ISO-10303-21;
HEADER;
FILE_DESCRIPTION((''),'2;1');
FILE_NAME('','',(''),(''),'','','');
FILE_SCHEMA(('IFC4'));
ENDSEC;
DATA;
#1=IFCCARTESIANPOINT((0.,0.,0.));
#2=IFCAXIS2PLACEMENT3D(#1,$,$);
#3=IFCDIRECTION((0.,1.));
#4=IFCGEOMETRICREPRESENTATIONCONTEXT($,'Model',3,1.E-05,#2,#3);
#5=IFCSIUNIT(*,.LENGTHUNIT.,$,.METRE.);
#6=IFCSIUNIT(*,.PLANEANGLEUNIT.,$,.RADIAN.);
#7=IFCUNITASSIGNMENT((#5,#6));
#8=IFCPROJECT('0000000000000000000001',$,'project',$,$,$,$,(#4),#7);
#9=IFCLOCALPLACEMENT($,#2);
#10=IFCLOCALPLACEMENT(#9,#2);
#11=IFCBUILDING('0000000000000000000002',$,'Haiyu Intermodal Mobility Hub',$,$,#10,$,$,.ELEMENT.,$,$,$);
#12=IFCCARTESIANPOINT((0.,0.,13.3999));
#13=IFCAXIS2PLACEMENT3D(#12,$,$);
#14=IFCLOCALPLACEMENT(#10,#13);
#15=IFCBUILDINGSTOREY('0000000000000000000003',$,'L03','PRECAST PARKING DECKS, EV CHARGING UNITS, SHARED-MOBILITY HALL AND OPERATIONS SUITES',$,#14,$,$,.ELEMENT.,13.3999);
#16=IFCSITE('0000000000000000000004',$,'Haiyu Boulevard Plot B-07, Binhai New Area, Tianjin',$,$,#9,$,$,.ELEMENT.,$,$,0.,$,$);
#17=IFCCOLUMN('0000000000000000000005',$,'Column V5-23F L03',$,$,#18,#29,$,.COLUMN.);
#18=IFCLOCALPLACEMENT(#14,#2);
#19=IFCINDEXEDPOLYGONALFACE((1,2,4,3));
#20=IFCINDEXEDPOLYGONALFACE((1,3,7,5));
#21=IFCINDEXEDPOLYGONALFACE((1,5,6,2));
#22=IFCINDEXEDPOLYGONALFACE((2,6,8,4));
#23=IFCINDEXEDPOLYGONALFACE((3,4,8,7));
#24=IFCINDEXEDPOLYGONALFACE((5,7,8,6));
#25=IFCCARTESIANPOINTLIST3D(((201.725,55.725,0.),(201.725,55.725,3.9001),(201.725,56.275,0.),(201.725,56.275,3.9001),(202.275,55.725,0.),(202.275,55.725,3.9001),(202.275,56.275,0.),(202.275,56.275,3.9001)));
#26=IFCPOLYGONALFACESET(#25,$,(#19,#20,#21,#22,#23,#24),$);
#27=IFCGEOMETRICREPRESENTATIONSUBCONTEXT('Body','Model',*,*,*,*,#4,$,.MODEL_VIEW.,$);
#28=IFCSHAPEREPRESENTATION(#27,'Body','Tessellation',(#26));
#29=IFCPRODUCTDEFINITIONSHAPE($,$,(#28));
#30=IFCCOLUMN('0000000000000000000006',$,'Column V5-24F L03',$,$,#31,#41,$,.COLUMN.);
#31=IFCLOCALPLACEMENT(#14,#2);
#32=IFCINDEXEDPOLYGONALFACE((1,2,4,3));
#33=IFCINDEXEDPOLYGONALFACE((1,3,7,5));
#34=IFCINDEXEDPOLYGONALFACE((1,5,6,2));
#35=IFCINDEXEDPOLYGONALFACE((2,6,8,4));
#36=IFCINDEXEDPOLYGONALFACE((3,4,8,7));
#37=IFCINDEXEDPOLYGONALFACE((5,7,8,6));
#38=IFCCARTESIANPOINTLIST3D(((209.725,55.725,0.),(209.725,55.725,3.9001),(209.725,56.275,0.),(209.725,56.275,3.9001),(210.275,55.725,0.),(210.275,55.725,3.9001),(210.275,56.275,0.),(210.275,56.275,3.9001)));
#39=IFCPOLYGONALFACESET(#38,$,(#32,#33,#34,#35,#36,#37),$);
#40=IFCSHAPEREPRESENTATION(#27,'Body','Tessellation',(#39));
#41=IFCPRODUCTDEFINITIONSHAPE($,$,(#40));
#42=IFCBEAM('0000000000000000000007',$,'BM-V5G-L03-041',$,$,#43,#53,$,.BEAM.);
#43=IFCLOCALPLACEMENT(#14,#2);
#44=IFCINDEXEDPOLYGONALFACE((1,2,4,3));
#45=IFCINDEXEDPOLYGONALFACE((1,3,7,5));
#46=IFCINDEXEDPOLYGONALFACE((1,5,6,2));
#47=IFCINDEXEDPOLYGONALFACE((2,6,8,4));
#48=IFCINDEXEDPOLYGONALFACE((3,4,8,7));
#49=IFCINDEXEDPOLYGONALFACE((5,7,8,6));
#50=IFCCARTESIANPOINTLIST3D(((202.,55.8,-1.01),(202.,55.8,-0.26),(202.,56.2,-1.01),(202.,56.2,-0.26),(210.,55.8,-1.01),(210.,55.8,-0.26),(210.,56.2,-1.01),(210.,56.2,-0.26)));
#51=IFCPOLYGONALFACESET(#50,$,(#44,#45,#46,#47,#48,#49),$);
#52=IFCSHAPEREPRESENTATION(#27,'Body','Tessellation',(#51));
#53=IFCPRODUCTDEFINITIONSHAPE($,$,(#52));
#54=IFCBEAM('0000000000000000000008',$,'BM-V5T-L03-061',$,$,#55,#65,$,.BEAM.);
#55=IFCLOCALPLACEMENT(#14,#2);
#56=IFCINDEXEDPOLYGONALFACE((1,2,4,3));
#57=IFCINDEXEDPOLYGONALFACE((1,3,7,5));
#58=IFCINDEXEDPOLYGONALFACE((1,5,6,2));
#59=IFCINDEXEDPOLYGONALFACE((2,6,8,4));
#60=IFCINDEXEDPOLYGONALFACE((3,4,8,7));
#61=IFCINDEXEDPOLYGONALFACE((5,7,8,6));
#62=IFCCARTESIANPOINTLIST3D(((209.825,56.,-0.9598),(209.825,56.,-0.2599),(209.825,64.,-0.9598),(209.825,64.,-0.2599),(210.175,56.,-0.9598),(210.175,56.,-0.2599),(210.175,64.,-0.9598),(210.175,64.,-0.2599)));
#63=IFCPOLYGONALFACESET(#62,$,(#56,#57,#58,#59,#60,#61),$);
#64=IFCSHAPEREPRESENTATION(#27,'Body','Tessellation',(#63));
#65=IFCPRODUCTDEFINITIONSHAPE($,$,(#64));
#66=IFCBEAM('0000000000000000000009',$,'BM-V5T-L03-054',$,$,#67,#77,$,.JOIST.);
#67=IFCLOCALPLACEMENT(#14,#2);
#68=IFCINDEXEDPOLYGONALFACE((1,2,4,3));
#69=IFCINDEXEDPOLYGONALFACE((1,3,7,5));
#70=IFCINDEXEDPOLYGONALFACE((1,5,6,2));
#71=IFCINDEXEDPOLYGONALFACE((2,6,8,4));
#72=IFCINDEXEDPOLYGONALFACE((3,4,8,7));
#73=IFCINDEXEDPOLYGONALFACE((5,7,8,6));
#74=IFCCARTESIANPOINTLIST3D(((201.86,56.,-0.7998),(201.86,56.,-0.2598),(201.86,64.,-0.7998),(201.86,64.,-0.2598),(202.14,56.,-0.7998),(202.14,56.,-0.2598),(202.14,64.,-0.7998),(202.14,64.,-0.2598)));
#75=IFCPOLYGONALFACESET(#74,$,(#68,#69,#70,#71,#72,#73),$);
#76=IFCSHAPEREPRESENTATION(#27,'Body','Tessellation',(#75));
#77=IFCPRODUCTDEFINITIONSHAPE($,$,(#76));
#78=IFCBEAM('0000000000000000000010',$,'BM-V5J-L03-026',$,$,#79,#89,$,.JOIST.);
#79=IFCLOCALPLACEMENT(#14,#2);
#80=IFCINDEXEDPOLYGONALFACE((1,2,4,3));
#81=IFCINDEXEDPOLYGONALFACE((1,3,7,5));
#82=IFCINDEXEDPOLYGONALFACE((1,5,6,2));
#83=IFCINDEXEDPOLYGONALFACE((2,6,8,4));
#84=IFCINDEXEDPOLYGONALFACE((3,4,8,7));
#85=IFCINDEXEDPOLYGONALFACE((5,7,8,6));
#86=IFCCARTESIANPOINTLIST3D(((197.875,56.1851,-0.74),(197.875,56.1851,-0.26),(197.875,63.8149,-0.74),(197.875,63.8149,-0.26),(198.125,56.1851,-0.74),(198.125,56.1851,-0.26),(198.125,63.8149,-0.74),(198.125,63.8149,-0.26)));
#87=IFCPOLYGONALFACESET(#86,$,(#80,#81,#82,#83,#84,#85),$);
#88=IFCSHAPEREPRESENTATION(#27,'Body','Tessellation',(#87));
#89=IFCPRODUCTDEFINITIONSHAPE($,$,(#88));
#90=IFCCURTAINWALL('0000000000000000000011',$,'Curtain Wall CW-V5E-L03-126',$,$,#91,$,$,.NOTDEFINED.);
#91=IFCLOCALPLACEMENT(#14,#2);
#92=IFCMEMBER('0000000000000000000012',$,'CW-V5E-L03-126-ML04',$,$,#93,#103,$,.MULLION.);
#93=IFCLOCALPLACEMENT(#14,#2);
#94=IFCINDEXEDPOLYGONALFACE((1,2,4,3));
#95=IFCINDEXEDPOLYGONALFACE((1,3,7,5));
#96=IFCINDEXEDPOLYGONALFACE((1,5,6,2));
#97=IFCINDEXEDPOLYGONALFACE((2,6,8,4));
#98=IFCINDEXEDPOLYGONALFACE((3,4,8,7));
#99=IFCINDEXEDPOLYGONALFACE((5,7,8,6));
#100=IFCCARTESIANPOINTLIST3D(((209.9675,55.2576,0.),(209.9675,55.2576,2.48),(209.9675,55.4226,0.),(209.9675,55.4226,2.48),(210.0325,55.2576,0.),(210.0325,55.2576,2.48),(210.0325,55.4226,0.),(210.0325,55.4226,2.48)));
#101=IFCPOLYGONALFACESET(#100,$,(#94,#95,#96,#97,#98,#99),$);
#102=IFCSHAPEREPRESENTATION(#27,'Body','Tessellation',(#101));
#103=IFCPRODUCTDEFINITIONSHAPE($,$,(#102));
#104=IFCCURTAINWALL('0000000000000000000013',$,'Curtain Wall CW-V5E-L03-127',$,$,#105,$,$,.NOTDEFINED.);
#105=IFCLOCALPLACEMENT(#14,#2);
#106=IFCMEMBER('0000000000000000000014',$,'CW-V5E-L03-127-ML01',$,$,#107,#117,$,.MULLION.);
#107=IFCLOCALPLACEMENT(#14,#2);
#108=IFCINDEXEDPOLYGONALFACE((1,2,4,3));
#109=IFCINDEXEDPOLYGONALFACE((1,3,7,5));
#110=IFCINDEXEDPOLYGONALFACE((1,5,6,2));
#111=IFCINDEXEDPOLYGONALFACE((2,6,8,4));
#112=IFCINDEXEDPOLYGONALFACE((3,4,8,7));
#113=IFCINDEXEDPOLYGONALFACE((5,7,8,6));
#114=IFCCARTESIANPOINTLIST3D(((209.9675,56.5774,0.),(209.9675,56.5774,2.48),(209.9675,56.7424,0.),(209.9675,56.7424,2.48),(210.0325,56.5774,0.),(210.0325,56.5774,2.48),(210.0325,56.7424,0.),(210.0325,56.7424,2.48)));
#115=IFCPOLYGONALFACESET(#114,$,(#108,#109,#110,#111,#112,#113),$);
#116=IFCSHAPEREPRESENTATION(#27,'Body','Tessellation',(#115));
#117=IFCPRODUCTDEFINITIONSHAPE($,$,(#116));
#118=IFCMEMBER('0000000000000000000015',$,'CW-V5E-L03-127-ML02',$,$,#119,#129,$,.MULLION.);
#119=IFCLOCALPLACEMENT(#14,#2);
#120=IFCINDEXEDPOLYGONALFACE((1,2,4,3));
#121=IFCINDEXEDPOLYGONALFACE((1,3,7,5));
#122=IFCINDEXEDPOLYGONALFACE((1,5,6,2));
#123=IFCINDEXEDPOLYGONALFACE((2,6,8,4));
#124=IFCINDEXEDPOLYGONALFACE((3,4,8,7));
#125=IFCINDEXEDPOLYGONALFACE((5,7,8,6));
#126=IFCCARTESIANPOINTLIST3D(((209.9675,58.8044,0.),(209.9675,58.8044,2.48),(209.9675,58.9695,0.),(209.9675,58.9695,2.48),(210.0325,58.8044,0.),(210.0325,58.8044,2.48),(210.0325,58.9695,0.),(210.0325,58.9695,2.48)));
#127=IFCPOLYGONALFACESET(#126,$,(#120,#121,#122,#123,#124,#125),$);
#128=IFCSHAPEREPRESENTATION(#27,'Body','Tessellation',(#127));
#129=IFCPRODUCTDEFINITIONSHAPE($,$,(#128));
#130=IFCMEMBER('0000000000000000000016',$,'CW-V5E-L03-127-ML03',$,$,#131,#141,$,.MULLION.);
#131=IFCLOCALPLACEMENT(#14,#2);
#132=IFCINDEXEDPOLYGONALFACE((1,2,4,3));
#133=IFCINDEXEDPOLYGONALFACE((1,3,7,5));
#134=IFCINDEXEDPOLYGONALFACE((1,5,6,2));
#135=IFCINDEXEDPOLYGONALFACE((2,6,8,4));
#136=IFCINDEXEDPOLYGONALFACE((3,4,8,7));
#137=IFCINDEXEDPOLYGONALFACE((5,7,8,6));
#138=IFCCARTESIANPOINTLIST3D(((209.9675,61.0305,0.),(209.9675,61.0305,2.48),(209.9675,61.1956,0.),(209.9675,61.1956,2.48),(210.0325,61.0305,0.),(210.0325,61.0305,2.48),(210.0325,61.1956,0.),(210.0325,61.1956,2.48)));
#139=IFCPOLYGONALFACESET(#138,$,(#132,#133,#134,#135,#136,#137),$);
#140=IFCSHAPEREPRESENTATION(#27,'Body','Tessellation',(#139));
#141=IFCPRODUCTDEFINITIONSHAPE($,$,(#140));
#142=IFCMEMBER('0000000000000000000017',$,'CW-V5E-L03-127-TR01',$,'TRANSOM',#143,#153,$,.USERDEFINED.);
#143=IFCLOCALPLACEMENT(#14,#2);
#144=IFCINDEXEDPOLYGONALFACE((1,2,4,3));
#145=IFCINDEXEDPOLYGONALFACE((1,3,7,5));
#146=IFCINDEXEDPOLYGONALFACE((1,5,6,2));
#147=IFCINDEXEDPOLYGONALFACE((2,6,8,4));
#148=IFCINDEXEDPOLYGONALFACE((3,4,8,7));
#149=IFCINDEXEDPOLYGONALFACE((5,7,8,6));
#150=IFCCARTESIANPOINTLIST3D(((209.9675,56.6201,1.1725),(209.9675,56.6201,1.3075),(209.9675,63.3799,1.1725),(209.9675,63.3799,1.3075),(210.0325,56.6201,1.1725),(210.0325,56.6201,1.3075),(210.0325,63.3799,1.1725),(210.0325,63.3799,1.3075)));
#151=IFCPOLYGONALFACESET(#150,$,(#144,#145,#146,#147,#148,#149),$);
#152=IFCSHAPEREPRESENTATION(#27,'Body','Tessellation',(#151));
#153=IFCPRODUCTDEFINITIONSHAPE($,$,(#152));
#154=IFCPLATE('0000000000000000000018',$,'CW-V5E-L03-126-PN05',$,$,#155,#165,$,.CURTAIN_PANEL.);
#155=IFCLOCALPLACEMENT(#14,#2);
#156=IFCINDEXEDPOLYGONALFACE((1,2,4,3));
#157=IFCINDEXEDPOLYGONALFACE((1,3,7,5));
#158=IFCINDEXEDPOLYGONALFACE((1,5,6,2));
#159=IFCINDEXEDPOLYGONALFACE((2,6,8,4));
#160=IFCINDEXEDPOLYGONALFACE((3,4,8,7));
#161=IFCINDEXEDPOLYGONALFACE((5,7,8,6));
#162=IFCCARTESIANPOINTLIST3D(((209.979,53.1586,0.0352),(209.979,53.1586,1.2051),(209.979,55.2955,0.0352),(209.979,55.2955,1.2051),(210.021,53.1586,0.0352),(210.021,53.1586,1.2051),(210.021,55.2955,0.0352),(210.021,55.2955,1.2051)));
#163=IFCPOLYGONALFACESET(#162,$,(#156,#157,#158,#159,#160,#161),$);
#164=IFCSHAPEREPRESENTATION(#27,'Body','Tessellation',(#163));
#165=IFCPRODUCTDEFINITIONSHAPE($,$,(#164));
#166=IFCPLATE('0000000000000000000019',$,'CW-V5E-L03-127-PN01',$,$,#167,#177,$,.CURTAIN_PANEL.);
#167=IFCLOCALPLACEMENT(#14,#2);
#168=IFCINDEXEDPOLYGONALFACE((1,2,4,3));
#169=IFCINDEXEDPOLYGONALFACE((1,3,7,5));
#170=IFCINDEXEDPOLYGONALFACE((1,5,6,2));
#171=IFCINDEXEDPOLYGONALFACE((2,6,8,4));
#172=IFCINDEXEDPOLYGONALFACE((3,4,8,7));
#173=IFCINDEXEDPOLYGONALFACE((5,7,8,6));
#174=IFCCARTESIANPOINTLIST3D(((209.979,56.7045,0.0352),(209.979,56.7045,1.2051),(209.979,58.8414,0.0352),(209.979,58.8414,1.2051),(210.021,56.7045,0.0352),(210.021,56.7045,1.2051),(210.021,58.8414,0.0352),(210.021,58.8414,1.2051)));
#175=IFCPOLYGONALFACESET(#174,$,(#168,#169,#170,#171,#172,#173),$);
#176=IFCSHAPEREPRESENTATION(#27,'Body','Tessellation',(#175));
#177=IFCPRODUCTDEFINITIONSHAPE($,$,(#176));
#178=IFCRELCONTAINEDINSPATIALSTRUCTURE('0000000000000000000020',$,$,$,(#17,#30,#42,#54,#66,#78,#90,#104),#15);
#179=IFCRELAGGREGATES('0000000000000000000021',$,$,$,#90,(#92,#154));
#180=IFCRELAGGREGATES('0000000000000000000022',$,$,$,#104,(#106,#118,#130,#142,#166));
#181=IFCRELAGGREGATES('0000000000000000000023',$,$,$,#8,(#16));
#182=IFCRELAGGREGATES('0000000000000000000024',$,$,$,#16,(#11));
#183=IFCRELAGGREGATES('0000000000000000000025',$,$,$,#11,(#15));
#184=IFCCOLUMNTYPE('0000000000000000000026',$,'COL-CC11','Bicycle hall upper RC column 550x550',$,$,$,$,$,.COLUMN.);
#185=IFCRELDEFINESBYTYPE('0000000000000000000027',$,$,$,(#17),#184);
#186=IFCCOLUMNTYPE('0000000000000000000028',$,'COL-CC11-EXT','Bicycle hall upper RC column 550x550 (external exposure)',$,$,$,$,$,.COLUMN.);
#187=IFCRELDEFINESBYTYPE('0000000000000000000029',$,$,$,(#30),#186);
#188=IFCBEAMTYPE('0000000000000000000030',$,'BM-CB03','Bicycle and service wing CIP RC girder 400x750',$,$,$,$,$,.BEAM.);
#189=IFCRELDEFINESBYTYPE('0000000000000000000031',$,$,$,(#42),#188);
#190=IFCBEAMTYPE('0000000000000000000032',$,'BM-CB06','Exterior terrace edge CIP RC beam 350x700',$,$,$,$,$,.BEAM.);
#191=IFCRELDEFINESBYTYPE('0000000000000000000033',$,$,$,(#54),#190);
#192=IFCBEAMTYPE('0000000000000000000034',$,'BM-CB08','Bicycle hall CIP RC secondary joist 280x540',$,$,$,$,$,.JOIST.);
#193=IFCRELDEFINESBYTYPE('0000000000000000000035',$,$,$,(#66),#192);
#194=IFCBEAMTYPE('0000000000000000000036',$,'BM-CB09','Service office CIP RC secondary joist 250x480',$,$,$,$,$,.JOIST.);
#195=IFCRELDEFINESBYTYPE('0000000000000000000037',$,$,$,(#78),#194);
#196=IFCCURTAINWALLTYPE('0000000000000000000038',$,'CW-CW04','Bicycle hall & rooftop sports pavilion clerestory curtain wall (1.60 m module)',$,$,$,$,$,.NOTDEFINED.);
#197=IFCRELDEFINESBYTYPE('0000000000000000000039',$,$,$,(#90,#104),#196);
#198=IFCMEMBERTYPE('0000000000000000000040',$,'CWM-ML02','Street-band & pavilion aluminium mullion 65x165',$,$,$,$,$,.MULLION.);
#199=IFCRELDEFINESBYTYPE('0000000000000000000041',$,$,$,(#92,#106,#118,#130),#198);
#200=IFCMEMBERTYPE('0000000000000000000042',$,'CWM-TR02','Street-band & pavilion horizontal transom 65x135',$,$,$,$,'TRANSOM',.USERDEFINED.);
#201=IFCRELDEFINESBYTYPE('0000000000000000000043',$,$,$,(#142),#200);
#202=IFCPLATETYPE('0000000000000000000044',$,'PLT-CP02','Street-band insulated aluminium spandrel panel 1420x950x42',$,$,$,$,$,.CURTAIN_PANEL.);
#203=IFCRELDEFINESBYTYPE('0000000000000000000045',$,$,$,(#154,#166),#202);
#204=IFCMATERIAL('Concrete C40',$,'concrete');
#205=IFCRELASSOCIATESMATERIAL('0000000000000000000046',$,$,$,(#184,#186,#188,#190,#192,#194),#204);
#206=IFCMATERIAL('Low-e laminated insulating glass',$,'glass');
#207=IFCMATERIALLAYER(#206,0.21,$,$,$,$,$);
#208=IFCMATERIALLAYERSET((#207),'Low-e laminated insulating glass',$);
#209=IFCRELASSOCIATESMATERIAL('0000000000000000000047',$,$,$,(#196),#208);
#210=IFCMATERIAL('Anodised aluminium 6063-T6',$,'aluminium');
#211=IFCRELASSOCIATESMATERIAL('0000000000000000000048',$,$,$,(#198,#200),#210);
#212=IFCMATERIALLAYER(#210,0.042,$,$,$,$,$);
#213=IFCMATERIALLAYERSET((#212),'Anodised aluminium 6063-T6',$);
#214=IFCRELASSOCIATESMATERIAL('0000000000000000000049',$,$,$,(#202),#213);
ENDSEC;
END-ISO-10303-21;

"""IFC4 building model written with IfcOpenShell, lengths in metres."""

from ifc_helpers import new_model, si_unit, direction, frame, origin, origin_2d, place, context, subcontext, project, spatial, rectangle, extrude, material, layer, layer_set, material_profile, profile_set, type_object, element, aggregate, save


model = new_model("IFC4")

# Units and contexts
model_context = context("Model", 3, precision=1e-05, world=origin(), true_north=direction((0.0, 1.0)))
body_context = subcontext(model_context, "Body", "Model", "MODEL_VIEW")
ifc_project = project(units=[si_unit("LENGTHUNIT", "METRE"), si_unit("PLANEANGLEUNIT", "RADIAN")], contexts=[model_context])

# Site, building, storey
site_placement = place(None, origin())
site = spatial("IfcSite", under=ifc_project, at=site_placement, Name="Haiyu Boulevard Plot B-07, Binhai New Area, Tianjin", CompositionType="ELEMENT", RefElevation=0.0)
building_placement = place(site_placement, origin())
building = spatial("IfcBuilding", under=site, at=building_placement, Name="Haiyu Intermodal Mobility Hub", CompositionType="ELEMENT")
storey_placement = place(building_placement, frame((0.0, 0.0, 13.3999)))
storey = spatial("IfcBuildingStorey", under=building, at=storey_placement, Name="L03", Description="PRECAST PARKING DECKS, EV CHARGING UNITS, SHARED-MOBILITY HALL AND OPERATIONS SUITES", CompositionType="ELEMENT", Elevation=13.3999)

# Columns
ifc_material_1 = material(Name="Concrete C40", Category="concrete")
ifc_material_profile_1 = material_profile(ifc_material_1, rectangle(XDim=0.55, YDim=0.55, at=origin_2d()), Name="RC550x550")
ifc_profile_set_1 = profile_set([ifc_material_profile_1], Name="Concrete C40")
column_type_1 = type_object("IfcColumnType", Name="COL-CC11", Description="Bicycle hall upper RC column 550x550", PredefinedType="COLUMN", material=ifc_profile_set_1)
column_1_placement = place(storey_placement, frame((202.0, 56.0, 0.0), z_axis=(0.0, 0.0, 1.0), x_axis=(1.0, 0.0, 0.0)))
element("IfcColumn", 1, at=column_1_placement, inside=storey, type_object=column_type_1, Name="Column V5-23F L03", PredefinedType="COLUMN", context=body_context, shape_type="SweptSolid", body=[
    extrude(rectangle(XDim=0.55, YDim=0.55, at=origin_2d()), origin(), (0.0, 0.0, 1.0), 3.9001),
])
ifc_material_profile_2 = material_profile(ifc_material_1, rectangle(XDim=0.55, YDim=0.55, at=origin_2d()), Name="RC550x550")
ifc_profile_set_2 = profile_set([ifc_material_profile_2], Name="Concrete C40")
column_type_2 = type_object("IfcColumnType", Name="COL-CC11-EXT", Description="Bicycle hall upper RC column 550x550 (external exposure)", PredefinedType="COLUMN", material=ifc_profile_set_2)
column_2_placement = place(storey_placement, frame((210.0, 56.0, 0.0), z_axis=(0.0, 0.0, 1.0), x_axis=(1.0, 0.0, 0.0)))
element("IfcColumn", 2, at=column_2_placement, inside=storey, type_object=column_type_2, Name="Column V5-24F L03", PredefinedType="COLUMN", context=body_context, shape_type="SweptSolid", body=[
    extrude(rectangle(XDim=0.55, YDim=0.55, at=origin_2d()), origin(), (0.0, 0.0, 1.0), 3.9001),
])

# Beams
ifc_material_profile_3 = material_profile(ifc_material_1, rectangle(XDim=0.3999, YDim=0.75, at=origin_2d()), Name="RCB400x750")
ifc_profile_set_3 = profile_set([ifc_material_profile_3], Name="Concrete C40")
beam_type_1 = type_object("IfcBeamType", Name="BM-CB03", Description="Bicycle and service wing CIP RC girder 400x750", PredefinedType="BEAM", material=ifc_profile_set_3)
beam_1_placement = place(storey_placement, frame((202.0, 56.0, -0.635), z_axis=(1.0, 0.0, 0.0), x_axis=(0.0, 1.0, 0.0)))
element("IfcBeam", 3, at=beam_1_placement, inside=storey, type_object=beam_type_1, Name="BM-V5G-L03-041", PredefinedType="BEAM", context=body_context, shape_type="SweptSolid", body=[
    extrude(rectangle(XDim=0.3999, YDim=0.75, at=origin_2d()), origin(), (0.0, 0.0, 1.0), 8.0),
])
ifc_material_profile_4 = material_profile(ifc_material_1, rectangle(XDim=0.3501, YDim=0.7, at=origin_2d()), Name="RCB350x700")
ifc_profile_set_4 = profile_set([ifc_material_profile_4], Name="Concrete C40")
beam_type_2 = type_object("IfcBeamType", Name="BM-CB06", Description="Exterior terrace edge CIP RC beam 350x700", PredefinedType="BEAM", material=ifc_profile_set_4)
beam_2_placement = place(storey_placement, frame((210.0, 56.0, -0.6099), z_axis=(0.0, 1.0, 0.0), x_axis=(-1.0, 0.0, 0.0)))
element("IfcBeam", 4, at=beam_2_placement, inside=storey, type_object=beam_type_2, Name="BM-V5T-L03-061", PredefinedType="BEAM", context=body_context, shape_type="SweptSolid", body=[
    extrude(rectangle(XDim=0.3501, YDim=0.7, at=origin_2d()), origin(), (0.0, 0.0, 1.0), 8.0),
])
ifc_material_profile_5 = material_profile(ifc_material_1, rectangle(XDim=0.28, YDim=0.54, at=origin_2d()), Name="RCB280x540")
ifc_profile_set_5 = profile_set([ifc_material_profile_5], Name="Concrete C40")
beam_type_3 = type_object("IfcBeamType", Name="BM-CB08", Description="Bicycle hall CIP RC secondary joist 280x540", PredefinedType="JOIST", material=ifc_profile_set_5)
beam_3_placement = place(storey_placement, frame((202.0, 56.0, -0.5298), z_axis=(0.0, 1.0, 0.0), x_axis=(-1.0, 0.0, 0.0)))
element("IfcBeam", 5, at=beam_3_placement, inside=storey, type_object=beam_type_3, Name="BM-V5T-L03-054", PredefinedType="JOIST", context=body_context, shape_type="SweptSolid", body=[
    extrude(rectangle(XDim=0.28, YDim=0.54, at=origin_2d()), origin(), (0.0, 0.0, 1.0), 8.0),
])
ifc_material_profile_6 = material_profile(ifc_material_1, rectangle(XDim=0.25, YDim=0.48, at=origin_2d()), Name="RCB250x480")
ifc_profile_set_6 = profile_set([ifc_material_profile_6], Name="Concrete C40")
beam_type_4 = type_object("IfcBeamType", Name="BM-CB09", Description="Service office CIP RC secondary joist 250x480", PredefinedType="JOIST", material=ifc_profile_set_6)
beam_4_placement = place(storey_placement, frame((198.0, 56.1851, -0.5), z_axis=(0.0, 1.0, 0.0), x_axis=(-1.0, 0.0, 0.0)))
element("IfcBeam", 6, at=beam_4_placement, inside=storey, type_object=beam_type_4, Name="BM-V5J-L03-026", PredefinedType="JOIST", context=body_context, shape_type="SweptSolid", body=[
    extrude(rectangle(XDim=0.25, YDim=0.48, at=origin_2d()), origin(), (0.0, 0.0, 1.0), 7.6299),
])

# Curtain wall, member
ifc_material_2 = material(Name="Low-e laminated insulating glass", Category="glass")
ifc_layer_1 = layer(ifc_material_2, 0.21)
ifc_layer_set_1 = layer_set([ifc_layer_1], Name="Low-e laminated insulating glass")
curtain_wall_type = type_object("IfcCurtainWallType", Name="CW-CW04", Description="Bicycle hall & rooftop sports pavilion clerestory curtain wall (1.60 m module)", PredefinedType="NOTDEFINED", material=ifc_layer_set_1)
curtain_wall_1_placement = place(storey_placement, origin())
curtain_wall_1 = element("IfcCurtainWall", 7, at=curtain_wall_1_placement, inside=storey, type_object=curtain_wall_type, Name="Curtain Wall CW-V5E-L03-126", PredefinedType="NOTDEFINED")
ifc_material_3 = material(Name="Anodised aluminium 6063-T6", Category="aluminium")
ifc_material_profile_7 = material_profile(ifc_material_3, rectangle(XDim=0.0649, YDim=0.165, at=origin_2d()), Name="ALU65x165")
ifc_profile_set_7 = profile_set([ifc_material_profile_7], Name="Anodised aluminium 6063-T6")
member_type_1 = type_object("IfcMemberType", Name="CWM-ML02", Description="Street-band & pavilion aluminium mullion 65x165", PredefinedType="MULLION", material=ifc_profile_set_7)
member_1_placement = place(storey_placement, frame((210.0, 55.3401, 0.0), z_axis=(0.0, 0.0, 1.0), x_axis=(1.0, 0.0, 0.0)))
member_1 = element("IfcMember", 8, at=member_1_placement, type_object=member_type_1, Name="CW-V5E-L03-126-ML04", PredefinedType="MULLION", context=body_context, shape_type="SweptSolid", body=[
    extrude(rectangle(XDim=0.0649, YDim=0.165, at=origin_2d()), origin(), (0.0, 0.0, 1.0), 2.48),
])

# Curtain wall, members
curtain_wall_2_placement = place(storey_placement, origin())
curtain_wall_2 = element("IfcCurtainWall", 9, at=curtain_wall_2_placement, inside=storey, type_object=curtain_wall_type, Name="Curtain Wall CW-V5E-L03-127", PredefinedType="NOTDEFINED")
member_2_placement = place(storey_placement, frame((210.0, 56.6599, 0.0), z_axis=(0.0, 0.0, 1.0), x_axis=(1.0, 0.0, 0.0)))
member_2 = element("IfcMember", 10, at=member_2_placement, type_object=member_type_1, Name="CW-V5E-L03-127-ML01", PredefinedType="MULLION", context=body_context, shape_type="SweptSolid", body=[
    extrude(rectangle(XDim=0.0649, YDim=0.165, at=origin_2d()), origin(), (0.0, 0.0, 1.0), 2.48),
])
member_3_placement = place(storey_placement, frame((210.0, 58.887, 0.0), z_axis=(0.0, 0.0, 1.0), x_axis=(1.0, 0.0, 0.0)))
member_3 = element("IfcMember", 11, at=member_3_placement, type_object=member_type_1, Name="CW-V5E-L03-127-ML02", PredefinedType="MULLION", context=body_context, shape_type="SweptSolid", body=[
    extrude(rectangle(XDim=0.0649, YDim=0.165, at=origin_2d()), origin(), (0.0, 0.0, 1.0), 2.48),
])
member_4_placement = place(storey_placement, frame((210.0, 61.113, 0.0), z_axis=(0.0, 0.0, 1.0), x_axis=(1.0, 0.0, 0.0)))
member_4 = element("IfcMember", 12, at=member_4_placement, type_object=member_type_1, Name="CW-V5E-L03-127-ML03", PredefinedType="MULLION", context=body_context, shape_type="SweptSolid", body=[
    extrude(rectangle(XDim=0.0649, YDim=0.165, at=origin_2d()), origin(), (0.0, 0.0, 1.0), 2.48),
])
ifc_material_profile_8 = material_profile(ifc_material_3, rectangle(XDim=0.0649, YDim=0.135, at=origin_2d()), Name="ALU65x135")
ifc_profile_set_8 = profile_set([ifc_material_profile_8], Name="Anodised aluminium 6063-T6")
member_type_2 = type_object("IfcMemberType", Name="CWM-TR02", Description="Street-band & pavilion horizontal transom 65x135", ElementType="TRANSOM", PredefinedType="USERDEFINED", material=ifc_profile_set_8)
member_5_placement = place(storey_placement, frame((210.0, 56.6201, 1.24), z_axis=(0.0, 1.0, 0.0), x_axis=(-1.0, 0.0, 0.0)))
member_5 = element("IfcMember", 13, at=member_5_placement, type_object=member_type_2, Name="CW-V5E-L03-127-TR01", ObjectType="TRANSOM", PredefinedType="USERDEFINED", context=body_context, shape_type="SweptSolid", body=[
    extrude(rectangle(XDim=0.0649, YDim=0.135, at=origin_2d()), origin(), (0.0, 0.0, 1.0), 6.7598),
])

# Plates
ifc_layer_2 = layer(ifc_material_3, 0.042)
ifc_layer_set_2 = layer_set([ifc_layer_2], Name="Anodised aluminium 6063-T6")
plate_type_1 = type_object("IfcPlateType", Name="PLT-CP02", Description="Street-band insulated aluminium spandrel panel 1420x950x42", PredefinedType="CURTAIN_PANEL", material=ifc_layer_set_2)
plate_1_placement = place(storey_placement, frame((210.0, 54.2271, 0.0352), z_axis=(0.0, 0.0, 1.0), x_axis=(0.0, 1.0, 0.0)))
plate_1 = element("IfcPlate", 14, at=plate_1_placement, type_object=plate_type_1, Name="CW-V5E-L03-126-PN05", PredefinedType="CURTAIN_PANEL", context=body_context, shape_type="SweptSolid", body=[
    extrude(rectangle(XDim=2.137, YDim=0.042, at=origin_2d()), origin(), (0.0, 0.0, 1.0), 1.1699),
])
plate_2_placement = place(storey_placement, frame((210.0, 57.7729, 0.0352), z_axis=(0.0, 0.0, 1.0), x_axis=(0.0, 1.0, 0.0)))
plate_2 = element("IfcPlate", 15, at=plate_2_placement, type_object=plate_type_1, Name="CW-V5E-L03-127-PN01", PredefinedType="CURTAIN_PANEL", context=body_context, shape_type="SweptSolid", body=[
    extrude(rectangle(XDim=2.137, YDim=0.042, at=origin_2d()), origin(), (0.0, 0.0, 1.0), 1.1699),
])
aggregate(curtain_wall_1, [member_1, plate_1])
aggregate(curtain_wall_2, [member_2, member_3, member_4, member_5, plate_2])

save(model, "model.ifc")
